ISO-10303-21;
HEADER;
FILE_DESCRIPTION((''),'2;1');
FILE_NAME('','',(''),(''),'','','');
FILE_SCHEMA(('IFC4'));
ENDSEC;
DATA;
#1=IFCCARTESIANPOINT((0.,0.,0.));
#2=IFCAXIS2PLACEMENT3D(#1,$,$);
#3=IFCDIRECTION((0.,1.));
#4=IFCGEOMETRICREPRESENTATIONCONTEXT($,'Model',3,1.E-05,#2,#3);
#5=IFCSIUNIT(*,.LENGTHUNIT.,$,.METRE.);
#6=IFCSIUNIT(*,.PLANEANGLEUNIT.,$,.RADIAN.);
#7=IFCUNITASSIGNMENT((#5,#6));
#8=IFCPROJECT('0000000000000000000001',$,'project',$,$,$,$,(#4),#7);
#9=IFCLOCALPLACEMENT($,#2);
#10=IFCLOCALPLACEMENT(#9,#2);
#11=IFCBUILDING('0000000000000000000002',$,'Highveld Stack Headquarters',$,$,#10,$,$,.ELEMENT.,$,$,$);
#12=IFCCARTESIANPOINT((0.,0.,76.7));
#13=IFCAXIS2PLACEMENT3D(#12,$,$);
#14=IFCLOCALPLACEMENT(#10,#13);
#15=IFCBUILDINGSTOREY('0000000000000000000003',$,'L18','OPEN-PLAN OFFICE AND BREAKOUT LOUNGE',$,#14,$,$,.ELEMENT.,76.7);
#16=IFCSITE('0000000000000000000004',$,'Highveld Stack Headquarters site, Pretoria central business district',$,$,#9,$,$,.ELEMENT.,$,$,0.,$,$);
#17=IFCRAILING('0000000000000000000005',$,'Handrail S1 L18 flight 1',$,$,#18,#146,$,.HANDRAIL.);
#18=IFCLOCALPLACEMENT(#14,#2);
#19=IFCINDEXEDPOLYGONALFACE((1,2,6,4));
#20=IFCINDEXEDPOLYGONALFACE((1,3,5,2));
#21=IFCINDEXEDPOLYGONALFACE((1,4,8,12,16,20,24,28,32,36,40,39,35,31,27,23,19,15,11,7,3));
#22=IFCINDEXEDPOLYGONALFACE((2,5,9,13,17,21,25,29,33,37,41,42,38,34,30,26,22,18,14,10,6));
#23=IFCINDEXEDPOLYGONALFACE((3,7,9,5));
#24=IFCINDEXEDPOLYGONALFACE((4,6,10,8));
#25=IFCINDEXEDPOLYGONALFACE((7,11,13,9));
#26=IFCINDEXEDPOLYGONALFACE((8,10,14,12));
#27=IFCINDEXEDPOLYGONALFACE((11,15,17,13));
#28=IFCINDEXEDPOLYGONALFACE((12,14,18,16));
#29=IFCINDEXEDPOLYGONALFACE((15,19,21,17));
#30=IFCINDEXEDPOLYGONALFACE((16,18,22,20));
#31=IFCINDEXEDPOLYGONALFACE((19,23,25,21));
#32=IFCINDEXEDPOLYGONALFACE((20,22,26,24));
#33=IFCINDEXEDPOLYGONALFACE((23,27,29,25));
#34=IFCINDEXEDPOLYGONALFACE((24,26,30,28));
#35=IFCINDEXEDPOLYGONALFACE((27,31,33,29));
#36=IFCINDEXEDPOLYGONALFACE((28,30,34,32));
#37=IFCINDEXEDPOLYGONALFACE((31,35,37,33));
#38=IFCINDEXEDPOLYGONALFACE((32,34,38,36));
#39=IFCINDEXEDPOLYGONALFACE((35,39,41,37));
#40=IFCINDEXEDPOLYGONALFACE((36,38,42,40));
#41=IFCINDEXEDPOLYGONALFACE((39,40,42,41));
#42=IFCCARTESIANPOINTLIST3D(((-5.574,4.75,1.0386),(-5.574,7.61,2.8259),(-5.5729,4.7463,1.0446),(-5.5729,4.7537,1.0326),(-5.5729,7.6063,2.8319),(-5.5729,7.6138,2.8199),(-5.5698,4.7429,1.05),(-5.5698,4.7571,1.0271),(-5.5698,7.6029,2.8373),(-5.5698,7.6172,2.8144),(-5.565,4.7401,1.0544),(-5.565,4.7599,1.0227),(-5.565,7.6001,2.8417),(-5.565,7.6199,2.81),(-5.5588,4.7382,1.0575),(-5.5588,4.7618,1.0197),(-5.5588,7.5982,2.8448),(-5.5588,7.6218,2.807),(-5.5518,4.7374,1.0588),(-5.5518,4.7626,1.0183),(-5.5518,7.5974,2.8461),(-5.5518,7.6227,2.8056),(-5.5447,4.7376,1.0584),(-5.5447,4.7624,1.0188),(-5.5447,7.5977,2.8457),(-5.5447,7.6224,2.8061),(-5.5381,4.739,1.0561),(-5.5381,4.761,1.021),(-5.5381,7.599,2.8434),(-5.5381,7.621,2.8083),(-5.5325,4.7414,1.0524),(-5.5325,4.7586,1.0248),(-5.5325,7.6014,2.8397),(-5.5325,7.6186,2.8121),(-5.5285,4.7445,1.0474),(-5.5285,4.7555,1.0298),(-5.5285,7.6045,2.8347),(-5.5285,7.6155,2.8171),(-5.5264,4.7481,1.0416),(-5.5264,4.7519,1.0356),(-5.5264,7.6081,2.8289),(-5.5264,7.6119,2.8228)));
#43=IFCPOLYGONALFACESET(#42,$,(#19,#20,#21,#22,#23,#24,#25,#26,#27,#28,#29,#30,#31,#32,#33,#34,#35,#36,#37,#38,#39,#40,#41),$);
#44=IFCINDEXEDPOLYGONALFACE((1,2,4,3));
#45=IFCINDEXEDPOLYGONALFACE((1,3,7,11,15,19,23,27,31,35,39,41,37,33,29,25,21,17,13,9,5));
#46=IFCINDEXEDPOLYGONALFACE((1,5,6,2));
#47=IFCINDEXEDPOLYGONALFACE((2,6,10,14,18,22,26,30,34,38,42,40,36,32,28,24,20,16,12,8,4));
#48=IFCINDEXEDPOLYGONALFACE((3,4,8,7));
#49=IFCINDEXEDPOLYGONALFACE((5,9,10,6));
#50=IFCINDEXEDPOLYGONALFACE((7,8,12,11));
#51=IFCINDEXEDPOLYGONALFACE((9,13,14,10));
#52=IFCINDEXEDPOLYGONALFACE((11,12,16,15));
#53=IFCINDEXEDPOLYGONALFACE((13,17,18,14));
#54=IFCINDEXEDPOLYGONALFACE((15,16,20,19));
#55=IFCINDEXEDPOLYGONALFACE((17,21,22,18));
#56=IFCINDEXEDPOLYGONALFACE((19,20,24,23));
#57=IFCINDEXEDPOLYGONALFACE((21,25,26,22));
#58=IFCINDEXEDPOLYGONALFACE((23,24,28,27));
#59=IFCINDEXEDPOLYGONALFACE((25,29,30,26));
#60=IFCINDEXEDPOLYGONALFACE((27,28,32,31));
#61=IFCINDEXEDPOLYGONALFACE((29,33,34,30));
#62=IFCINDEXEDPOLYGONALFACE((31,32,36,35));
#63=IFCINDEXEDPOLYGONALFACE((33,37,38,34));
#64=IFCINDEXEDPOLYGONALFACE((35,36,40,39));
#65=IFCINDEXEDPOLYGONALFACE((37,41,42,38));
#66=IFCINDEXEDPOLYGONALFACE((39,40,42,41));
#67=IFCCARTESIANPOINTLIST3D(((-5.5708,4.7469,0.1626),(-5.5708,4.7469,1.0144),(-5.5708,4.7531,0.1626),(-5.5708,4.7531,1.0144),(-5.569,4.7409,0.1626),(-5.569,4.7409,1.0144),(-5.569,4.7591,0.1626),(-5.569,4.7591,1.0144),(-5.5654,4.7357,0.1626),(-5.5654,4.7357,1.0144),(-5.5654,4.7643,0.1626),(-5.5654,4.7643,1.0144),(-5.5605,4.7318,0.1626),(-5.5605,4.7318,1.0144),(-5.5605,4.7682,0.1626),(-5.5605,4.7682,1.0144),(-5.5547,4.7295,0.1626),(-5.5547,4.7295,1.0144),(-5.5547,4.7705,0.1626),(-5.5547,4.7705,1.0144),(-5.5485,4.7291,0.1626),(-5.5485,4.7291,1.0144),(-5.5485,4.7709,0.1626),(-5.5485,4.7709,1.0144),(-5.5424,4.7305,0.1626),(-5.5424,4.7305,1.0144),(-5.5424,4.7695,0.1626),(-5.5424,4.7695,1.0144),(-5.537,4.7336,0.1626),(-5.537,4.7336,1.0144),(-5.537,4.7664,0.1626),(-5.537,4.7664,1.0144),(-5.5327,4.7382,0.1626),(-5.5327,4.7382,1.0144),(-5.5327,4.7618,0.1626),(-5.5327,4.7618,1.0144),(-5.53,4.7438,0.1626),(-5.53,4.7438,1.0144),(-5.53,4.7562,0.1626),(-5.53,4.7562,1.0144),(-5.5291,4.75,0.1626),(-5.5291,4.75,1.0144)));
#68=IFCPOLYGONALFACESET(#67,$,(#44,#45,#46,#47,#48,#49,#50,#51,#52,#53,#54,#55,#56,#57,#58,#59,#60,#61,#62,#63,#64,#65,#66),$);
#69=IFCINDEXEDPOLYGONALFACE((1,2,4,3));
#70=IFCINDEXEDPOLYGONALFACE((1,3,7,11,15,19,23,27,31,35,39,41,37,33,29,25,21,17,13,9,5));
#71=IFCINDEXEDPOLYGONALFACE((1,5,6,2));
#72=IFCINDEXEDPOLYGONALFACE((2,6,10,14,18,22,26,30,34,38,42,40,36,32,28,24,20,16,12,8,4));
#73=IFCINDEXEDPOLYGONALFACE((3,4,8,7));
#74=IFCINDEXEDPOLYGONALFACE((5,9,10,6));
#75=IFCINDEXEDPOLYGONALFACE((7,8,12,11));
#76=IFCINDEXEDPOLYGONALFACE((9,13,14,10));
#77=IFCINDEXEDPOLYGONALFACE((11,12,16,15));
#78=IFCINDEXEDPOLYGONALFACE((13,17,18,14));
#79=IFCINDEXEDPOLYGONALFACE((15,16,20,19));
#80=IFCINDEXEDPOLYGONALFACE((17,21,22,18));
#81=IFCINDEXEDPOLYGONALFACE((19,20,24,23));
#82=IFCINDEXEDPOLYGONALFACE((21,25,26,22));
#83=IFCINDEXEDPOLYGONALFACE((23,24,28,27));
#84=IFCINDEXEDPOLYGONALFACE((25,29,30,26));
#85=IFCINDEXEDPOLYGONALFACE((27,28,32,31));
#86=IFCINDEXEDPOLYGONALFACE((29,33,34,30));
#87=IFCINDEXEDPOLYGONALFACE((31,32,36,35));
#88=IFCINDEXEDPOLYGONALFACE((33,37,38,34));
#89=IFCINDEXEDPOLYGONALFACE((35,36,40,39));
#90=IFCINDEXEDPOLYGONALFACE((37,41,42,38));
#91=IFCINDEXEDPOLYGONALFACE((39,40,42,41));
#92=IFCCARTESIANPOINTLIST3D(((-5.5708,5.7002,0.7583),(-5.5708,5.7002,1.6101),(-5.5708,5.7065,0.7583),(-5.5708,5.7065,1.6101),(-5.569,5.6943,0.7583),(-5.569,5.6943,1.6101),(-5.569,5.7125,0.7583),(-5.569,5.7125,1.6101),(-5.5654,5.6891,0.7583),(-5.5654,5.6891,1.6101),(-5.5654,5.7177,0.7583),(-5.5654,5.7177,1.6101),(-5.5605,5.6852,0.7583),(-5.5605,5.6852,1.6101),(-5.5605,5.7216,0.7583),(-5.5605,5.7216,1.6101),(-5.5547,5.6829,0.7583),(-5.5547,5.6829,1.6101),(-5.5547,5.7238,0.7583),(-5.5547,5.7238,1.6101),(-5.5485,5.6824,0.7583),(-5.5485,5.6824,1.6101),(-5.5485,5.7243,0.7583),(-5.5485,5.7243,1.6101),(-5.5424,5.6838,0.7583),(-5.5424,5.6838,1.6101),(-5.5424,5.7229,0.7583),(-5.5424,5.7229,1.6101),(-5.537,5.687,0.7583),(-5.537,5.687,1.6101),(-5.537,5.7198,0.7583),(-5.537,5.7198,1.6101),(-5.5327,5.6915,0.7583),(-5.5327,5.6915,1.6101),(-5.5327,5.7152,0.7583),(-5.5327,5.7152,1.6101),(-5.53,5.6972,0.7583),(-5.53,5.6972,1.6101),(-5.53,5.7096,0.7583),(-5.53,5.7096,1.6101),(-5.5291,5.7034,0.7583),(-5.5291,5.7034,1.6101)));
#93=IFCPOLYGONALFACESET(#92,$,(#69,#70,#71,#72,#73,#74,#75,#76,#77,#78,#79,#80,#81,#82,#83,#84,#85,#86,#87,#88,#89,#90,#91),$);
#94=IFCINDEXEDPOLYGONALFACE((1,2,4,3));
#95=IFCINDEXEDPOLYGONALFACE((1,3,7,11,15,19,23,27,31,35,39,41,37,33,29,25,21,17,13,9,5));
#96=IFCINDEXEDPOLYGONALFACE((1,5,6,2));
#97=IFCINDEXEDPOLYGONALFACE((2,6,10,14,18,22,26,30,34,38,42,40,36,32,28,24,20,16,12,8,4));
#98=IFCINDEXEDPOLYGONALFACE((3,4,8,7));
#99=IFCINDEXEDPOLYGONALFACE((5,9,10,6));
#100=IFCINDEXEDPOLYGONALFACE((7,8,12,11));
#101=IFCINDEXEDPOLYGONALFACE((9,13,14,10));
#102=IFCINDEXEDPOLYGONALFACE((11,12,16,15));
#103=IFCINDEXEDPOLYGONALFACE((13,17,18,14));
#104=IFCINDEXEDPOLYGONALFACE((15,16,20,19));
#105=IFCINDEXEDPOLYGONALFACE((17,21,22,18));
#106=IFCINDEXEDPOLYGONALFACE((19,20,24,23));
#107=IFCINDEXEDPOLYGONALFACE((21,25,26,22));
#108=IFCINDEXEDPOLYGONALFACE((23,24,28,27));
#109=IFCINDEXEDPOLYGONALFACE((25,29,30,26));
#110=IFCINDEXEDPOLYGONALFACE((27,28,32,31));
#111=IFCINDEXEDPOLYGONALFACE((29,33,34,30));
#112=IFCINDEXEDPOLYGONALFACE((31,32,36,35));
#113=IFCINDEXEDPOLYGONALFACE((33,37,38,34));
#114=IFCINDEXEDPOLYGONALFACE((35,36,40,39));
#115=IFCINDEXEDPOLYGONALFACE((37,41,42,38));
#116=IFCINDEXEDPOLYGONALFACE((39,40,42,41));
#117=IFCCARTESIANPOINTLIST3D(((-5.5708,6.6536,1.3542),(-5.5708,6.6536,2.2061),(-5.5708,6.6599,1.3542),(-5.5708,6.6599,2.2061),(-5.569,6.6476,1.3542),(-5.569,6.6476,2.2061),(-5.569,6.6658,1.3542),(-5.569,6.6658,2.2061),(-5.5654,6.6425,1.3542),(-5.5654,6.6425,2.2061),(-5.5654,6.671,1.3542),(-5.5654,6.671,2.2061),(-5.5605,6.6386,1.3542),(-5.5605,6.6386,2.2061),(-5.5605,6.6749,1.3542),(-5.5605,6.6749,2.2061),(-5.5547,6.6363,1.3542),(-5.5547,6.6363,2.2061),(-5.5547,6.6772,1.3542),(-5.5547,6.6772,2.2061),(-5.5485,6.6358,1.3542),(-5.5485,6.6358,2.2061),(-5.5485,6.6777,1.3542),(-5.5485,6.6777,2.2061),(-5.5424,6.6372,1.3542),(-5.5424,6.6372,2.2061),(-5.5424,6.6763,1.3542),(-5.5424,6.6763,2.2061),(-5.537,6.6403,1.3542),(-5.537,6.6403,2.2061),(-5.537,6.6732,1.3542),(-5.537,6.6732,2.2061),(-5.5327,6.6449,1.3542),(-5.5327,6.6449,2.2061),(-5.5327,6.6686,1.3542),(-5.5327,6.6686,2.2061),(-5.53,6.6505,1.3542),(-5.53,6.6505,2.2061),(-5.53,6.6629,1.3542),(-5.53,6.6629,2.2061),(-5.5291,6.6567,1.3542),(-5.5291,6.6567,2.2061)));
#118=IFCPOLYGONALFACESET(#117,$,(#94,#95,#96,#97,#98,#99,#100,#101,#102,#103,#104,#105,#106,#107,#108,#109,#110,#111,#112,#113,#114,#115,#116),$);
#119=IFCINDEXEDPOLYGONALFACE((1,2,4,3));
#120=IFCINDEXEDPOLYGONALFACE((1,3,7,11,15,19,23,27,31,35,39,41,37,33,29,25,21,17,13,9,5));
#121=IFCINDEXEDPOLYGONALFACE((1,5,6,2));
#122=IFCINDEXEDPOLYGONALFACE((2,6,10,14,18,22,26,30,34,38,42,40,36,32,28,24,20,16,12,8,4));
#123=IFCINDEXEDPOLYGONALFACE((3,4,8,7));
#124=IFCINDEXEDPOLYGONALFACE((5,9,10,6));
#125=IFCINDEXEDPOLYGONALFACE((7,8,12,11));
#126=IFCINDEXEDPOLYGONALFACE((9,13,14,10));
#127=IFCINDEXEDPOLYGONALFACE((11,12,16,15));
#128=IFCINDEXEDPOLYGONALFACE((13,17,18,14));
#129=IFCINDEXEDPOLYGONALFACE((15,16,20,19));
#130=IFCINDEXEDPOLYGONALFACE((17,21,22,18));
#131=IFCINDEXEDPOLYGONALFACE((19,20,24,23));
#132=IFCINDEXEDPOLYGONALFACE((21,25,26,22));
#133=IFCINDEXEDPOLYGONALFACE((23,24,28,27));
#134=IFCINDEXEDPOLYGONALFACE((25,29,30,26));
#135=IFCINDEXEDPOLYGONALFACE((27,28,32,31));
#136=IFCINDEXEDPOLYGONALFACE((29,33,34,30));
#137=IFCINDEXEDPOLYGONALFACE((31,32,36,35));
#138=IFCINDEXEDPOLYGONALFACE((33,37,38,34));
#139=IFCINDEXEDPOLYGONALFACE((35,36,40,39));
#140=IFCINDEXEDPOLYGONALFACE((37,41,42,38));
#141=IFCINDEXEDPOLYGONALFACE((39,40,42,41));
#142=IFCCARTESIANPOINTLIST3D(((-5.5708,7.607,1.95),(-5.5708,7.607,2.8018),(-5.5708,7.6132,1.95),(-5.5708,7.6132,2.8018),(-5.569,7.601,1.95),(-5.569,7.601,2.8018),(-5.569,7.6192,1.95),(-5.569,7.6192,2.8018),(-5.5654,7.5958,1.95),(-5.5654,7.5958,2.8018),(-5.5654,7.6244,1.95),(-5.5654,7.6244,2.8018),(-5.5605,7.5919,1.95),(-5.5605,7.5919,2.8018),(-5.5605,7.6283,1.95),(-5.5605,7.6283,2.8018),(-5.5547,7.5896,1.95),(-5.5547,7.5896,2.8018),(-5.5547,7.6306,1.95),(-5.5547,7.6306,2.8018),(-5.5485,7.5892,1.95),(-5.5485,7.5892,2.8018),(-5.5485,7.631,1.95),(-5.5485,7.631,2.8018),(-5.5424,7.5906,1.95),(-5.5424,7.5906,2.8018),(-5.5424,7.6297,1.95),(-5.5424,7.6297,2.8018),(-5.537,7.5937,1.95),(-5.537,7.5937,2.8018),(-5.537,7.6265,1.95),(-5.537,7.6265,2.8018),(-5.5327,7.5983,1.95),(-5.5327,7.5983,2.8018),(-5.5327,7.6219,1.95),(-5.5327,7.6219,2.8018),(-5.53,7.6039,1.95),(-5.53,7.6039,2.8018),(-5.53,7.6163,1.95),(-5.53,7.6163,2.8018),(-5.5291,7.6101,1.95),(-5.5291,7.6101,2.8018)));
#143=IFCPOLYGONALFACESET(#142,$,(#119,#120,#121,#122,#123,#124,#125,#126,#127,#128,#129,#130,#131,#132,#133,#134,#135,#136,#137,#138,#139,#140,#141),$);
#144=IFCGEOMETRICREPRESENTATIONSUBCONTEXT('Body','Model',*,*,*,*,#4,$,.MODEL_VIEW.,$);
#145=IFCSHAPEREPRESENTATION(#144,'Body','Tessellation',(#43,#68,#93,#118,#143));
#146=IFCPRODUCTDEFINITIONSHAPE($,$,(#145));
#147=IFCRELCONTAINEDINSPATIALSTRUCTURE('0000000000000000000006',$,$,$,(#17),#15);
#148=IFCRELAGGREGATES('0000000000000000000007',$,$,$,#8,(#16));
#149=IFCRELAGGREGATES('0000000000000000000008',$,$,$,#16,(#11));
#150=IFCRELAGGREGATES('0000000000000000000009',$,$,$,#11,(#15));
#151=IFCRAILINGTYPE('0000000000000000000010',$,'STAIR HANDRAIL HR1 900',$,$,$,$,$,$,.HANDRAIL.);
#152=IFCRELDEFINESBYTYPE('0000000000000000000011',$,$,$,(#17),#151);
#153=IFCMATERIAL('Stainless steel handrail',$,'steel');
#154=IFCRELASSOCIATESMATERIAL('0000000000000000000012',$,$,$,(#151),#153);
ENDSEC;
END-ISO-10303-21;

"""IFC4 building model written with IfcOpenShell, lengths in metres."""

from ifc_helpers import new_model, si_unit, direction, frame, origin, origin_2d, place, context, subcontext, project, spatial, circle, extrude, material, type_object, element, save


model = new_model("IFC4")

# Units and contexts
model_context = context("Model", 3, precision=1e-05, world=origin(), true_north=direction((0.0, 1.0)))
body_context = subcontext(model_context, "Body", "Model", "MODEL_VIEW")
ifc_project = project(units=[si_unit("LENGTHUNIT", "METRE"), si_unit("PLANEANGLEUNIT", "RADIAN")], contexts=[model_context])

# Site, building, storey
site_placement = place(None, origin())
site = spatial("IfcSite", under=ifc_project, at=site_placement, Name="Highveld Stack Headquarters site, Pretoria central business district", CompositionType="ELEMENT", RefElevation=0.0)
building_placement = place(site_placement, origin())
building = spatial("IfcBuilding", under=site, at=building_placement, Name="Highveld Stack Headquarters", CompositionType="ELEMENT")
storey_placement = place(building_placement, frame((0.0, 0.0, 76.7)))
storey = spatial("IfcBuildingStorey", under=building, at=storey_placement, Name="L18", Description="OPEN-PLAN OFFICE AND BREAKOUT LOUNGE", CompositionType="ELEMENT", Elevation=76.7)

# Railing
ifc_material_1 = material(Name="Stainless steel handrail", Category="steel")
railing_type = type_object("IfcRailingType", Name="STAIR HANDRAIL HR1 900", PredefinedType="HANDRAIL", material=ifc_material_1)
for number, where, name in (
    (1, (-5.55, 4.75, 0.1626), "Handrail S1 L18 flight 1"),
):
    element("IfcRailing", number, at=place(storey_placement, frame(where)), inside=storey, type_object=railing_type, Name=name, PredefinedType="HANDRAIL", context=body_context, shape_type="SweptSolid", body=[
        extrude(circle(Radius=0.0239, at=origin_2d()), frame((0.0, 0.0, 0.876), z_axis=(0.0, 0.848027, 0.529953), x_axis=(-1.0, 0.0, 0.0)), (0.0, 0.0, 1.0), 3.3726),
        extrude(circle(Radius=0.021, at=origin_2d()), origin(), (0.0, 0.0, 1.0), 0.8518),
        extrude(circle(Radius=0.021, at=origin_2d()), frame((0.0, 0.9534, 0.5957)), (0.0, 0.0, 1.0), 0.8518),
        extrude(circle(Radius=0.021, at=origin_2d()), frame((0.0, 1.9067, 1.1917)), (0.0, 0.0, 1.0), 0.8518),
        extrude(circle(Radius=0.021, at=origin_2d()), frame((0.0, 2.8601, 1.7874)), (0.0, 0.0, 1.0), 0.8518),
    ])

save(model, "model.ifc")
